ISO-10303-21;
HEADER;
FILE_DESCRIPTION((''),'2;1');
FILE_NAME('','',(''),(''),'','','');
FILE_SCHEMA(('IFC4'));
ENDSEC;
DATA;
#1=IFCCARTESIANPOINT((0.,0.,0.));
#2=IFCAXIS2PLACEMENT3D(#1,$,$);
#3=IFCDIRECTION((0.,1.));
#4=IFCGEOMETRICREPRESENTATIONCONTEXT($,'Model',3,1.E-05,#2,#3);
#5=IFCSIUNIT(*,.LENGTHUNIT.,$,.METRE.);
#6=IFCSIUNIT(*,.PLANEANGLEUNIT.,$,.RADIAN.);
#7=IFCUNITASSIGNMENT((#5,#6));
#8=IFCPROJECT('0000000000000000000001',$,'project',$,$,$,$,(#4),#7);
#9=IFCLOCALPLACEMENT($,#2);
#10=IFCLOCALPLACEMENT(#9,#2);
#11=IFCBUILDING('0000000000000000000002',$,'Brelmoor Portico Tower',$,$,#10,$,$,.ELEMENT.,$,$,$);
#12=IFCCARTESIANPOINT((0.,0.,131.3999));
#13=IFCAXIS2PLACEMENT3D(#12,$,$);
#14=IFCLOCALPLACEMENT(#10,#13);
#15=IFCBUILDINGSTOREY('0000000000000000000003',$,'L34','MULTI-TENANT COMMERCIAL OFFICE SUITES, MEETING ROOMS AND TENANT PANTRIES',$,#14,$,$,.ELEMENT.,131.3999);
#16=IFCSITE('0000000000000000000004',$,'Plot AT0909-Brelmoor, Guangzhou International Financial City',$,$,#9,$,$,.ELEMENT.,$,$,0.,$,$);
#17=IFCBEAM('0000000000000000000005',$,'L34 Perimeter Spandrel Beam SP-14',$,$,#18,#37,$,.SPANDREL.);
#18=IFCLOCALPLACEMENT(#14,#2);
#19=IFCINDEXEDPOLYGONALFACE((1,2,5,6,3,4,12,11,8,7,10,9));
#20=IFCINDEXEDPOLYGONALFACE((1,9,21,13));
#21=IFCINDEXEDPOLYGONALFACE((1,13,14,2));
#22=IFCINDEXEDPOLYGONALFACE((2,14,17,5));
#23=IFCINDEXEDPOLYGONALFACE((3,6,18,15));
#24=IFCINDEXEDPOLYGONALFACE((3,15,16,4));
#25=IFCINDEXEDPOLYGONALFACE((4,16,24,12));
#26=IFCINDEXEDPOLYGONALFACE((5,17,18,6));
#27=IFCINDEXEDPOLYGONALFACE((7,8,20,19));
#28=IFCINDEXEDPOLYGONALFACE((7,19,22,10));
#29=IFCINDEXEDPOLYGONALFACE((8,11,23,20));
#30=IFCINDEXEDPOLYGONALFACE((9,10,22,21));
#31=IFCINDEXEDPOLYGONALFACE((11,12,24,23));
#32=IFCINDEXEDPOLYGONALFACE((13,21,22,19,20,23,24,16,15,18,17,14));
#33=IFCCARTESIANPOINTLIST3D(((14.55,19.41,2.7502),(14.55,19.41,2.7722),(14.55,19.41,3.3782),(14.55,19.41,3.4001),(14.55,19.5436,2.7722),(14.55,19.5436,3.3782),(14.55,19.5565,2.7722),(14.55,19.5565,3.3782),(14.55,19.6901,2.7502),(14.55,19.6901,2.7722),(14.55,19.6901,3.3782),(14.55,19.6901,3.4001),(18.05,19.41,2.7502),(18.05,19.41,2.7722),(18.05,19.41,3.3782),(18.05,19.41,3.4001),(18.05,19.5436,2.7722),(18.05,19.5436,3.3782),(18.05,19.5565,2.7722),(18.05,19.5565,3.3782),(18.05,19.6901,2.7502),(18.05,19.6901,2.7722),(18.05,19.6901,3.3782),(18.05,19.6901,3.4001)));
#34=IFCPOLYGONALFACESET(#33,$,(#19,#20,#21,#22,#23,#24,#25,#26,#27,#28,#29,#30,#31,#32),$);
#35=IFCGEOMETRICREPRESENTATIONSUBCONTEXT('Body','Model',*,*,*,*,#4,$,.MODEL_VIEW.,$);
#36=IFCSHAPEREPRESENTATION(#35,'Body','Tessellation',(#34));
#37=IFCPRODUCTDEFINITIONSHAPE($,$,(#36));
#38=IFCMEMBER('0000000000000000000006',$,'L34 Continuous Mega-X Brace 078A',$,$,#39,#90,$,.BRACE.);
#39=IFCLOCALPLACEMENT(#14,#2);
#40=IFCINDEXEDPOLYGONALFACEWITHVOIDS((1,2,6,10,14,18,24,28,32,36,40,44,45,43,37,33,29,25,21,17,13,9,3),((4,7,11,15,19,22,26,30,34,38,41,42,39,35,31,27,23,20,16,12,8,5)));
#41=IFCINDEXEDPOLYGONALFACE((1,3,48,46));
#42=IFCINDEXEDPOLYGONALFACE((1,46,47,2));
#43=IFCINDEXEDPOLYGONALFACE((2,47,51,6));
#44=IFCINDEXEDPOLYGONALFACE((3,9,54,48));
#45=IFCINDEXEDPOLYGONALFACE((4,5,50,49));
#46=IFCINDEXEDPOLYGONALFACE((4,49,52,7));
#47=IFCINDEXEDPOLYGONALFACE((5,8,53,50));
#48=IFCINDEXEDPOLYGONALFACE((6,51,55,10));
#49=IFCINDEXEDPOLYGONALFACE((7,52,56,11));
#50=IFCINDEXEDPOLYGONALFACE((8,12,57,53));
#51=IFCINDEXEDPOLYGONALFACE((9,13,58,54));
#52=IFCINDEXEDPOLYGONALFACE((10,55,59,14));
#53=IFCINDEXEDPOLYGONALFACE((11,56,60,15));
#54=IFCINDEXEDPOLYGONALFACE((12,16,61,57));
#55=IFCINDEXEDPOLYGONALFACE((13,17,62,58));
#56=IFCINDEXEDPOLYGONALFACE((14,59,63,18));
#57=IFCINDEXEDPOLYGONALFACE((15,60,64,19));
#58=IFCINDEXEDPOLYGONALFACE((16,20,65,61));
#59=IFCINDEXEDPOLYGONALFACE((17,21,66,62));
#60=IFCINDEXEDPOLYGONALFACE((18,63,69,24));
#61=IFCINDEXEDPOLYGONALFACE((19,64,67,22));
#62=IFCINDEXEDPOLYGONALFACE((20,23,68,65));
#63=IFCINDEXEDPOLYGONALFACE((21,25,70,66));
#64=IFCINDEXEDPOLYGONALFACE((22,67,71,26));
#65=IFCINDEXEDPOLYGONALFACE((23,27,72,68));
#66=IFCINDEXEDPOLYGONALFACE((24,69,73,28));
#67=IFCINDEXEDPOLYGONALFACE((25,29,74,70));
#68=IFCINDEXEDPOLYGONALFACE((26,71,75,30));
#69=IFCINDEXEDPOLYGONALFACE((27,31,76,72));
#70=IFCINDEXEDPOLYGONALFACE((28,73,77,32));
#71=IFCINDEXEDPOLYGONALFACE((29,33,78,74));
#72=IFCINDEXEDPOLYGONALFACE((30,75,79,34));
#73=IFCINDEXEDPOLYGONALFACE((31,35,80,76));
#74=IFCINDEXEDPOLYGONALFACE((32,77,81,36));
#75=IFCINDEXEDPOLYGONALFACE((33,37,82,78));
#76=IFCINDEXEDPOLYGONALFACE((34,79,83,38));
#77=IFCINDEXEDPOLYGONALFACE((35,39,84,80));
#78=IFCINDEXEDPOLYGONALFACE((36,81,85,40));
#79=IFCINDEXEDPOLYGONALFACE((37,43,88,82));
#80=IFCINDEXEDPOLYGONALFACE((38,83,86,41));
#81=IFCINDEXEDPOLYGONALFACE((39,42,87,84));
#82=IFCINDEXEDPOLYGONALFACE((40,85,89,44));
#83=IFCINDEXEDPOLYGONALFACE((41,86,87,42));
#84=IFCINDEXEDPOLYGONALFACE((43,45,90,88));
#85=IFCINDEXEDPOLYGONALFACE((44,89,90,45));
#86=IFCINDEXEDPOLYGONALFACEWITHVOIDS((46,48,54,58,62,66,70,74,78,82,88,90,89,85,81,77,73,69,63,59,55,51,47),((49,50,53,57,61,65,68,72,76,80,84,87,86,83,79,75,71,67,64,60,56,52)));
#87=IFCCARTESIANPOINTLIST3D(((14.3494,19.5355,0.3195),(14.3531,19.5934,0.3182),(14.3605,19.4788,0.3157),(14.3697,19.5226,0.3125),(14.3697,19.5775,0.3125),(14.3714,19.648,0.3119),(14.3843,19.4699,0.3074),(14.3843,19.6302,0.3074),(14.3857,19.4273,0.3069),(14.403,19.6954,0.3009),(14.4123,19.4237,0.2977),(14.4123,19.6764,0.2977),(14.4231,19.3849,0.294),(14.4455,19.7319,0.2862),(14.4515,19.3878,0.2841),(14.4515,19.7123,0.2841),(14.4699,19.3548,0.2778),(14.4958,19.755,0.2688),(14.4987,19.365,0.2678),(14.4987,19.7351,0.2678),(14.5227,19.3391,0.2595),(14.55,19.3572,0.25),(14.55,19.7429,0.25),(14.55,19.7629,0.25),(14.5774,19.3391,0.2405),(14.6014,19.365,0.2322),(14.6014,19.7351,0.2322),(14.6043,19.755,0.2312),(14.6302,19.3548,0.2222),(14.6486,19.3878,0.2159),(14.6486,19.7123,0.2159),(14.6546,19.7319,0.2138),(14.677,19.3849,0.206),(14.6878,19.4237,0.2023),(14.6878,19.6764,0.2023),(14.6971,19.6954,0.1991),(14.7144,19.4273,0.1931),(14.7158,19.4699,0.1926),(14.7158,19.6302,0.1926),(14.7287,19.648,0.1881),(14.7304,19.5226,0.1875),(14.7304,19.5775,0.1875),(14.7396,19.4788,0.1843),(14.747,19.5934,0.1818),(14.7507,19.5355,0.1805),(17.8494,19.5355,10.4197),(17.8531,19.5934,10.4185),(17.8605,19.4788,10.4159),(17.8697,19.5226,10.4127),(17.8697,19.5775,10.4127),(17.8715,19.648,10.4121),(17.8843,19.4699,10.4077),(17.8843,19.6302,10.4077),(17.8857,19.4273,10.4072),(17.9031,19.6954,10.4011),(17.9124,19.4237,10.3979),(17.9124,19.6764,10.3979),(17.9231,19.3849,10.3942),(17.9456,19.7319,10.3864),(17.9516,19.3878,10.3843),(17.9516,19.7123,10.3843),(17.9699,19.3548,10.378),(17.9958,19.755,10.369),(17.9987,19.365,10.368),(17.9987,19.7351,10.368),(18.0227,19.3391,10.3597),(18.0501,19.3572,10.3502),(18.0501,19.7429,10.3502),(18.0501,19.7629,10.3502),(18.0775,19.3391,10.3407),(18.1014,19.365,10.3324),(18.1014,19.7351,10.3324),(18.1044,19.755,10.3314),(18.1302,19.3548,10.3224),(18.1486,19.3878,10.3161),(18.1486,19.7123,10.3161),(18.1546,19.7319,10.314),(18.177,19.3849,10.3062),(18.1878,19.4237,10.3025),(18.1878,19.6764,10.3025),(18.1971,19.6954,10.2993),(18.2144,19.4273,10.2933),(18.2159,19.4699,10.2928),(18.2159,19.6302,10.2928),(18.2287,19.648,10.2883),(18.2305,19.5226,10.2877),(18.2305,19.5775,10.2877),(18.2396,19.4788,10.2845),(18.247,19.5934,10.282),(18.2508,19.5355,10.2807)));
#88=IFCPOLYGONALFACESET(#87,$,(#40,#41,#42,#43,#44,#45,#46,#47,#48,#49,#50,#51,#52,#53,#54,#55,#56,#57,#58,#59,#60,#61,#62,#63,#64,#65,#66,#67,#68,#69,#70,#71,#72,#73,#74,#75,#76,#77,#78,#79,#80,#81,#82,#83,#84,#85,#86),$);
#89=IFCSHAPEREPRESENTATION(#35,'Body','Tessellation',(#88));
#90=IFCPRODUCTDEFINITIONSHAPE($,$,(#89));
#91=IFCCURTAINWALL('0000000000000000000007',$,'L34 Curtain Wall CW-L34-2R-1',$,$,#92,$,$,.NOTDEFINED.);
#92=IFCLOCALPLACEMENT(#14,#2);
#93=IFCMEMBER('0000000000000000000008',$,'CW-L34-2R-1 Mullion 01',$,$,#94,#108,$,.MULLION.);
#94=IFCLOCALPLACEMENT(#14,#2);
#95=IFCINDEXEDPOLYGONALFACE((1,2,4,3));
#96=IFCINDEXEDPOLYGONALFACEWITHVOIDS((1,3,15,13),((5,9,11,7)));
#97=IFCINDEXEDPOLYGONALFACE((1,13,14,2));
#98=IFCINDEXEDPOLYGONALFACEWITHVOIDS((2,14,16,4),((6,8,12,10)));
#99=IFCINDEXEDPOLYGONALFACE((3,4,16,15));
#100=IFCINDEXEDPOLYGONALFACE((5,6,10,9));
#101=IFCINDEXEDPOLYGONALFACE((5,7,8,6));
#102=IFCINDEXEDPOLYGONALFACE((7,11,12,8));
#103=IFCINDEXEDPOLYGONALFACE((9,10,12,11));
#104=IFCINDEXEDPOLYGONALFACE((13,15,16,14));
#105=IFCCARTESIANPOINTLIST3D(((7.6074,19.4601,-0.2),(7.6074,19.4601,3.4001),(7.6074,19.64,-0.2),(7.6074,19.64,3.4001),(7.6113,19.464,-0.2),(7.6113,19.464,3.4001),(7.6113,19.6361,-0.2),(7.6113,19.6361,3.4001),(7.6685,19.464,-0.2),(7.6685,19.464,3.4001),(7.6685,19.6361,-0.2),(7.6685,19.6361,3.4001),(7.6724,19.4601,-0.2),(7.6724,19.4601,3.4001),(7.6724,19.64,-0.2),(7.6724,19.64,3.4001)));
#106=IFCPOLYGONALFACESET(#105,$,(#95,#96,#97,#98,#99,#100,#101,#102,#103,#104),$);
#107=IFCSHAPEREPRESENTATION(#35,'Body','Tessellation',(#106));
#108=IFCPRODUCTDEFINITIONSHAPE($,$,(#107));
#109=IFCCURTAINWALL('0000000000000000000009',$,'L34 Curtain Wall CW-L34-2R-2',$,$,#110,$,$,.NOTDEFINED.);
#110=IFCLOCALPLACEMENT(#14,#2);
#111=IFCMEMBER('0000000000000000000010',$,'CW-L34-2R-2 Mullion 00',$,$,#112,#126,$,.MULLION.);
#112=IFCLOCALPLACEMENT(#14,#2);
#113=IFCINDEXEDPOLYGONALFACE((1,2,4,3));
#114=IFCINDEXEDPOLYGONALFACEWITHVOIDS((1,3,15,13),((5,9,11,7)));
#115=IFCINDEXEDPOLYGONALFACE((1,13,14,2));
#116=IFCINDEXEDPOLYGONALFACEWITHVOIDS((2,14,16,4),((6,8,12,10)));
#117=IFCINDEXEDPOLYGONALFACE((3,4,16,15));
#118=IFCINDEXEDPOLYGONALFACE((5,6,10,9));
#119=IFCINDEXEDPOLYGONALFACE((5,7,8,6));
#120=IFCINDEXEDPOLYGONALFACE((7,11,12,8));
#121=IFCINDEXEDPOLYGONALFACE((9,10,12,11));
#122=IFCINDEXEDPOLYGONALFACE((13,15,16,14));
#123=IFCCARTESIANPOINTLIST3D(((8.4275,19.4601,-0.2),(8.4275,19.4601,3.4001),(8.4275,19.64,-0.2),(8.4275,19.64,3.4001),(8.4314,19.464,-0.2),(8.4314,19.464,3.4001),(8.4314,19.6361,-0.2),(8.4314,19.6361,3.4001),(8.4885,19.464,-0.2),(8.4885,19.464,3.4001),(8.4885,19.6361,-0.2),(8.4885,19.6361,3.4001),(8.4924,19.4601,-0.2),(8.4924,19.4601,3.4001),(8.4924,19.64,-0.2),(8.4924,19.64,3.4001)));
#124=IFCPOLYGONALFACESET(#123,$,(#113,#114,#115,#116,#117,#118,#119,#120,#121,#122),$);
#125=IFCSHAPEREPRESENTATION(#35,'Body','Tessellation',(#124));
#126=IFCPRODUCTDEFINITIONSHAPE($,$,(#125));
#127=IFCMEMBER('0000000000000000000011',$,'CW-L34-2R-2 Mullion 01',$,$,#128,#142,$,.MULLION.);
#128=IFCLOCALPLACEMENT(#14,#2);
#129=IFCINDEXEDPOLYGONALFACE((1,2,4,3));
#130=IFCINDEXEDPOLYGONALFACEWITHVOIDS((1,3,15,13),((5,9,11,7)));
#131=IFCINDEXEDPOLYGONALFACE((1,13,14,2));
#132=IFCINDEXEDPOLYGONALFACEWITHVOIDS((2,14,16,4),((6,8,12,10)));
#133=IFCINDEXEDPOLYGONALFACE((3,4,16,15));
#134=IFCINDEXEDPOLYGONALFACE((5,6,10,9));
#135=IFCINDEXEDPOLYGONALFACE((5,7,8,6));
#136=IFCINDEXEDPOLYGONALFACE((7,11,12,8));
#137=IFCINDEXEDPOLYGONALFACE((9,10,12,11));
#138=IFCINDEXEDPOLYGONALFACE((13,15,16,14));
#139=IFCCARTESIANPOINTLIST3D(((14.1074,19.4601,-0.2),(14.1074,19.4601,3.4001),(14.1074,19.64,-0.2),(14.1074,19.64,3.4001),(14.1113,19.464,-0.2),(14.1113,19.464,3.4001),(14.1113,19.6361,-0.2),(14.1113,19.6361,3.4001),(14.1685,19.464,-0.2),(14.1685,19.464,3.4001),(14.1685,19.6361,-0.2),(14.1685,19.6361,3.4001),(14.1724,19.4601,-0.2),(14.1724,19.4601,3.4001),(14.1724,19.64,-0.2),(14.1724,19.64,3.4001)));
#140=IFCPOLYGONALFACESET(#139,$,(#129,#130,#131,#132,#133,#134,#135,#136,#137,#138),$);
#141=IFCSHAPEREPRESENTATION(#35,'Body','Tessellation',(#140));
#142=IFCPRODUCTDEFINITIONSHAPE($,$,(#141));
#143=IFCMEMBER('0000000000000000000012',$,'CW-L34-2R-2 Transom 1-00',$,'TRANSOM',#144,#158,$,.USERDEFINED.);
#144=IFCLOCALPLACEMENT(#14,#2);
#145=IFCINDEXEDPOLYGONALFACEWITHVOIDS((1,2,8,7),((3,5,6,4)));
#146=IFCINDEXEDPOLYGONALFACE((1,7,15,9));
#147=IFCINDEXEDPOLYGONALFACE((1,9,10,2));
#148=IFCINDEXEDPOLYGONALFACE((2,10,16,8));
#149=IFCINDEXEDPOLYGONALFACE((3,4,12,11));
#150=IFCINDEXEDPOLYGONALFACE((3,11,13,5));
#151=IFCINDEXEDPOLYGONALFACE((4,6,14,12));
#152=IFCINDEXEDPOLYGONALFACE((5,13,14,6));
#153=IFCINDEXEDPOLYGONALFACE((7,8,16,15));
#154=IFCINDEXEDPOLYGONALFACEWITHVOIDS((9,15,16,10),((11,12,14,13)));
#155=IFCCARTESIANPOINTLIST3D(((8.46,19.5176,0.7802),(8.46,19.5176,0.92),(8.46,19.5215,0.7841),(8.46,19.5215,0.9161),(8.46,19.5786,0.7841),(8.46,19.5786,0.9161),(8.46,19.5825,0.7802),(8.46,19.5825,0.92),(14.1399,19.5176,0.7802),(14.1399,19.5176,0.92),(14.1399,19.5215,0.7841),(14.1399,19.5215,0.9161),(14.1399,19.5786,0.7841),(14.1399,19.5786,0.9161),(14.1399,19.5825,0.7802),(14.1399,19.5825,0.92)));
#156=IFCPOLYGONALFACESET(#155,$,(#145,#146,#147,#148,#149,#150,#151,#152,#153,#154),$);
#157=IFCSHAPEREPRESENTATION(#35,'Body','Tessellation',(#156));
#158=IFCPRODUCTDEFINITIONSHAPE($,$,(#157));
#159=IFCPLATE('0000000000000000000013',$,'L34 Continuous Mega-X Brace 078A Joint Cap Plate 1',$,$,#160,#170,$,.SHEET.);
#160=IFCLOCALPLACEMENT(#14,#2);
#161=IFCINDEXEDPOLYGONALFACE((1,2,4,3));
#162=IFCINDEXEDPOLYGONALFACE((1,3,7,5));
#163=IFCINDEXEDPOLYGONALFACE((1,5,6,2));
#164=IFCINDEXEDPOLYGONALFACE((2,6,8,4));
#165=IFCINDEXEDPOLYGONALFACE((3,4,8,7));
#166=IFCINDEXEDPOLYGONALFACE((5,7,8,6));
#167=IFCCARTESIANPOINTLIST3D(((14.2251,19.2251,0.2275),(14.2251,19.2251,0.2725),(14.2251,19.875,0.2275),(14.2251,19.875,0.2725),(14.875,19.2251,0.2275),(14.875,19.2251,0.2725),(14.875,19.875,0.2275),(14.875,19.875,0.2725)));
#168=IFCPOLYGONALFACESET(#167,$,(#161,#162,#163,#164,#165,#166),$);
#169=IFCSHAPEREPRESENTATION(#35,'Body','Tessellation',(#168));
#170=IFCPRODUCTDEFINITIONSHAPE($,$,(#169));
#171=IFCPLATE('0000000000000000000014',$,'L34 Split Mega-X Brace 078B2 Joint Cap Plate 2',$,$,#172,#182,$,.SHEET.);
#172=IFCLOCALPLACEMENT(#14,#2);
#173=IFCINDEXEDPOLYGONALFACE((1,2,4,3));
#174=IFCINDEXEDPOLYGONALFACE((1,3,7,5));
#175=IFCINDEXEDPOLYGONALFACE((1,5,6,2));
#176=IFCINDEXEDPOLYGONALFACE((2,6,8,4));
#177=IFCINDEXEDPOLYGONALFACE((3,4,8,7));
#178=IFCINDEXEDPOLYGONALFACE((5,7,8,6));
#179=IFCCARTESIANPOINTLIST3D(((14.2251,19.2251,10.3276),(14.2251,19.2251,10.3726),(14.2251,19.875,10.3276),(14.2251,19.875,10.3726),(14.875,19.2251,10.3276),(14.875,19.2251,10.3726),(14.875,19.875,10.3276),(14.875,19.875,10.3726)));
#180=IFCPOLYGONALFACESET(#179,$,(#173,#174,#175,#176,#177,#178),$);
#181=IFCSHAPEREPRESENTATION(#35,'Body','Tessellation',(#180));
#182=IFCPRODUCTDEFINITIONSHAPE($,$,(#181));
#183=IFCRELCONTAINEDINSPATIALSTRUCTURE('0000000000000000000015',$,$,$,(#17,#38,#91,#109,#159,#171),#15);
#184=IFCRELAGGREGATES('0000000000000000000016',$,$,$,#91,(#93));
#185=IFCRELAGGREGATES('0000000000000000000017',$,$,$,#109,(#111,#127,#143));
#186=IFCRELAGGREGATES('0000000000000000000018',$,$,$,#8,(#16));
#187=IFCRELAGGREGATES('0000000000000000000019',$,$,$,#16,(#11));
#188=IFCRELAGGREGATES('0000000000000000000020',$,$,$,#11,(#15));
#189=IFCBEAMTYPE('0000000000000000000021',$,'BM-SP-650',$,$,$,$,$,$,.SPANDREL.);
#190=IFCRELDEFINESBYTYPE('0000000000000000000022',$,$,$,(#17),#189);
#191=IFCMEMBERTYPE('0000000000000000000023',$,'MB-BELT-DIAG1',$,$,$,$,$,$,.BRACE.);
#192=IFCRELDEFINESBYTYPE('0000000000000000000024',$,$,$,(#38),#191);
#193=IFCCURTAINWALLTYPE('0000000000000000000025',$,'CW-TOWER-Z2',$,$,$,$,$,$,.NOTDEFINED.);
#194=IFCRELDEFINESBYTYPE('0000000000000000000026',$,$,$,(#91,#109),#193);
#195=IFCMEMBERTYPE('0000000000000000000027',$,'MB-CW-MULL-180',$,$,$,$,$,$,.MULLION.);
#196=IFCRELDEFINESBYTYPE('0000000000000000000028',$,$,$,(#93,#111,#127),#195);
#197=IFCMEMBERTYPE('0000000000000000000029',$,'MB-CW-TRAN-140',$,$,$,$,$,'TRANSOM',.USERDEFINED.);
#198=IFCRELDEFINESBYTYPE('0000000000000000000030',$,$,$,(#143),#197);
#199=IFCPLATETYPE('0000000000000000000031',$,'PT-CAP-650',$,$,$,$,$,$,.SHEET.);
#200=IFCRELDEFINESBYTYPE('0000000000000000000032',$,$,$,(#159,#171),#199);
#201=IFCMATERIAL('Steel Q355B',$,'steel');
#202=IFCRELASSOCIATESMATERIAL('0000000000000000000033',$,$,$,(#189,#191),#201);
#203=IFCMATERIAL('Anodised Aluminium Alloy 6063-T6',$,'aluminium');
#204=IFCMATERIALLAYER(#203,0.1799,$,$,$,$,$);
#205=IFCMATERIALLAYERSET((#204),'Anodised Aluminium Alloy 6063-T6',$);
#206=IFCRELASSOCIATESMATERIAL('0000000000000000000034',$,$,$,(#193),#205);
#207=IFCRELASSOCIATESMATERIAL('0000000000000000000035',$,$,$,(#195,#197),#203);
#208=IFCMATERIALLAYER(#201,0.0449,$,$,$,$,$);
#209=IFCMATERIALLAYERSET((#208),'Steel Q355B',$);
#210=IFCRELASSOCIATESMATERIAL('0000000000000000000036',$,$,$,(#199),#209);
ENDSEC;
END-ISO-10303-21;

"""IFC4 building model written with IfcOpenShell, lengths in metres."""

from ifc_helpers import new_model, si_unit, direction, frame, origin, origin_2d, place, context, subcontext, project, spatial, rectangle, hollow_rectangle, hollow_circle, i_section, extrude, material, layer, layer_set, material_profile, profile_set, type_object, element, aggregate, save


model = new_model("IFC4")

# Units and contexts
model_context = context("Model", 3, precision=1e-05, world=origin(), true_north=direction((0.0, 1.0)))
body_context = subcontext(model_context, "Body", "Model", "MODEL_VIEW")
ifc_project = project(units=[si_unit("LENGTHUNIT", "METRE"), si_unit("PLANEANGLEUNIT", "RADIAN")], contexts=[model_context])

# Site, building, storey
site_placement = place(None, origin())
site = spatial("IfcSite", under=ifc_project, at=site_placement, Name="Plot AT0909-Brelmoor, Guangzhou International Financial City", CompositionType="ELEMENT", RefElevation=0.0)
building_placement = place(site_placement, origin())
building = spatial("IfcBuilding", under=site, at=building_placement, Name="Brelmoor Portico Tower", CompositionType="ELEMENT")
storey_placement = place(building_placement, frame((0.0, 0.0, 131.3999)))
storey = spatial("IfcBuildingStorey", under=building, at=storey_placement, Name="L34", Description="MULTI-TENANT COMMERCIAL OFFICE SUITES, MEETING ROOMS AND TENANT PANTRIES", CompositionType="ELEMENT", Elevation=131.3999)

# Shared definitions
ifc_material_1 = material(Name="Steel Q355B", Category="steel")

# Beam
ifc_material_profile_1 = material_profile(ifc_material_1, i_section(OverallWidth=0.28, OverallDepth=0.6499, WebThickness=0.0129, FlangeThickness=0.022, at=origin_2d()), Name="HN 650x280x13x22")
ifc_profile_set_1 = profile_set([ifc_material_profile_1], Name="Steel Q355B")
beam_type_1 = type_object("IfcBeamType", Name="BM-SP-650", PredefinedType="SPANDREL", material=ifc_profile_set_1)
beam_1_placement = place(storey_placement, frame((14.55, 19.55, 3.0752), z_axis=(1.0, 0.0, 0.0), x_axis=(0.0, 1.0, 0.0)))
element("IfcBeam", 1, at=beam_1_placement, inside=storey, type_object=beam_type_1, Name="L34 Perimeter Spandrel Beam SP-14", PredefinedType="SPANDREL", context=body_context, shape_type="SweptSolid", body=[
    extrude(i_section(OverallWidth=0.28, OverallDepth=0.6499, WebThickness=0.0129, FlangeThickness=0.022, at=origin_2d()), origin(), (0.0, 0.0, 1.0), 3.5),
])

# Member
ifc_material_profile_2 = material_profile(ifc_material_1, hollow_circle(Radius=0.2129, WallThickness=0.02, at=origin_2d()), Name="CHS 426x20")
ifc_profile_set_2 = profile_set([ifc_material_profile_2], Name="Steel Q355B")
member_type_1 = type_object("IfcMemberType", Name="MB-BELT-DIAG1", PredefinedType="BRACE", material=ifc_profile_set_2)
member_1_placement = place(storey_placement, frame((14.55, 19.55, 0.25), z_axis=(0.327429, 0.0, 0.944876), x_axis=(0.0, 1.0, 0.0)))
element("IfcMember", 2, at=member_1_placement, inside=storey, type_object=member_type_1, Name="L34 Continuous Mega-X Brace 078A", PredefinedType="BRACE", context=body_context, shape_type="SweptSolid", body=[
    extrude(hollow_circle(Radius=0.2129, WallThickness=0.02, at=origin_2d()), origin(), (0.0, 0.0, 1.0), 10.6895),
])

# Curtain wall, member
ifc_material_2 = material(Name="Anodised Aluminium Alloy 6063-T6", Category="aluminium")
ifc_layer_1 = layer(ifc_material_2, 0.1799)
ifc_layer_set_1 = layer_set([ifc_layer_1], Name="Anodised Aluminium Alloy 6063-T6")
curtain_wall_type = type_object("IfcCurtainWallType", Name="CW-TOWER-Z2", PredefinedType="NOTDEFINED", material=ifc_layer_set_1)
curtain_wall_1_placement = place(storey_placement, origin())
curtain_wall_1 = element("IfcCurtainWall", 3, at=curtain_wall_1_placement, inside=storey, type_object=curtain_wall_type, Name="L34 Curtain Wall CW-L34-2R-1", PredefinedType="NOTDEFINED")
ifc_material_profile_3 = material_profile(ifc_material_2, hollow_rectangle(XDim=0.0649, YDim=0.1799, WallThickness=0.0039, at=origin_2d()), Name="ALU MULLION 65x180")
ifc_profile_set_3 = profile_set([ifc_material_profile_3], Name="Anodised Aluminium Alloy 6063-T6")
member_type_2 = type_object("IfcMemberType", Name="MB-CW-MULL-180", PredefinedType="MULLION", material=ifc_profile_set_3)
member_2_placement = place(storey_placement, frame((7.6399, 19.55, -0.2), z_axis=(0.0, 0.0, 1.0), x_axis=(1.0, 0.0, 0.0)))
member_2 = element("IfcMember", 4, at=member_2_placement, type_object=member_type_2, Name="CW-L34-2R-1 Mullion 01", PredefinedType="MULLION", context=body_context, shape_type="SweptSolid", body=[
    extrude(hollow_rectangle(XDim=0.0649, YDim=0.1799, WallThickness=0.0039, at=origin_2d()), origin(), (0.0, 0.0, 1.0), 3.6001),
])

# Curtain wall, members
curtain_wall_2_placement = place(storey_placement, origin())
curtain_wall_2 = element("IfcCurtainWall", 5, at=curtain_wall_2_placement, inside=storey, type_object=curtain_wall_type, Name="L34 Curtain Wall CW-L34-2R-2", PredefinedType="NOTDEFINED")
member_3_placement = place(storey_placement, frame((8.46, 19.55, -0.2), z_axis=(0.0, 0.0, 1.0), x_axis=(1.0, 0.0, 0.0)))
member_3 = element("IfcMember", 6, at=member_3_placement, type_object=member_type_2, Name="CW-L34-2R-2 Mullion 00", PredefinedType="MULLION", context=body_context, shape_type="SweptSolid", body=[
    extrude(hollow_rectangle(XDim=0.0649, YDim=0.1799, WallThickness=0.0039, at=origin_2d()), origin(), (0.0, 0.0, 1.0), 3.6001),
])
member_4_placement = place(storey_placement, frame((14.1399, 19.55, -0.2), z_axis=(0.0, 0.0, 1.0), x_axis=(1.0, 0.0, 0.0)))
member_4 = element("IfcMember", 7, at=member_4_placement, type_object=member_type_2, Name="CW-L34-2R-2 Mullion 01", PredefinedType="MULLION", context=body_context, shape_type="SweptSolid", body=[
    extrude(hollow_rectangle(XDim=0.0649, YDim=0.1799, WallThickness=0.0039, at=origin_2d()), origin(), (0.0, 0.0, 1.0), 3.6001),
])
ifc_material_profile_4 = material_profile(ifc_material_2, hollow_rectangle(XDim=0.0649, YDim=0.1399, WallThickness=0.0039, at=origin_2d()), Name="ALU TRANSOM 65x140")
ifc_profile_set_4 = profile_set([ifc_material_profile_4], Name="Anodised Aluminium Alloy 6063-T6")
member_type_3 = type_object("IfcMemberType", Name="MB-CW-TRAN-140", ElementType="TRANSOM", PredefinedType="USERDEFINED", material=ifc_profile_set_4)
member_5_placement = place(storey_placement, frame((8.46, 19.55, 0.8501), z_axis=(1.0, 0.0, 0.0), x_axis=(0.0, 1.0, 0.0)))
member_5 = element("IfcMember", 8, at=member_5_placement, type_object=member_type_3, Name="CW-L34-2R-2 Transom 1-00", ObjectType="TRANSOM", PredefinedType="USERDEFINED", context=body_context, shape_type="SweptSolid", body=[
    extrude(hollow_rectangle(XDim=0.0649, YDim=0.1399, WallThickness=0.0039, at=origin_2d()), origin(), (0.0, 0.0, 1.0), 5.6799),
])

# Plates
ifc_layer_2 = layer(ifc_material_1, 0.0449)
ifc_layer_set_2 = layer_set([ifc_layer_2], Name="Steel Q355B")
plate_type_1 = type_object("IfcPlateType", Name="PT-CAP-650", PredefinedType="SHEET", material=ifc_layer_set_2)
for number, where, z_axis, x_axis, name in (
    (9, (14.55, 19.55, 0.2275), (0.0, 0.0, 1.0), (1.0, 0.0, 0.0), "L34 Continuous Mega-X Brace 078A Joint Cap Plate 1"),
    (10, (14.55, 19.55, 10.3276), (0.0, 0.0, 1.0), (1.0, 0.0, 0.0), "L34 Split Mega-X Brace 078B2 Joint Cap Plate 2"),
):
    element("IfcPlate", number, at=place(storey_placement, frame(where, z_axis=z_axis, x_axis=x_axis)), inside=storey, type_object=plate_type_1, Name=name, PredefinedType="SHEET", context=body_context, shape_type="SweptSolid", body=[
        extrude(rectangle(XDim=0.6499, YDim=0.6499, at=origin_2d()), origin(), (0.0, 0.0, 1.0), 0.0449),
    ])

aggregate(curtain_wall_1, [member_2])
aggregate(curtain_wall_2, [member_3, member_4, member_5])

save(model, "model.ifc")
